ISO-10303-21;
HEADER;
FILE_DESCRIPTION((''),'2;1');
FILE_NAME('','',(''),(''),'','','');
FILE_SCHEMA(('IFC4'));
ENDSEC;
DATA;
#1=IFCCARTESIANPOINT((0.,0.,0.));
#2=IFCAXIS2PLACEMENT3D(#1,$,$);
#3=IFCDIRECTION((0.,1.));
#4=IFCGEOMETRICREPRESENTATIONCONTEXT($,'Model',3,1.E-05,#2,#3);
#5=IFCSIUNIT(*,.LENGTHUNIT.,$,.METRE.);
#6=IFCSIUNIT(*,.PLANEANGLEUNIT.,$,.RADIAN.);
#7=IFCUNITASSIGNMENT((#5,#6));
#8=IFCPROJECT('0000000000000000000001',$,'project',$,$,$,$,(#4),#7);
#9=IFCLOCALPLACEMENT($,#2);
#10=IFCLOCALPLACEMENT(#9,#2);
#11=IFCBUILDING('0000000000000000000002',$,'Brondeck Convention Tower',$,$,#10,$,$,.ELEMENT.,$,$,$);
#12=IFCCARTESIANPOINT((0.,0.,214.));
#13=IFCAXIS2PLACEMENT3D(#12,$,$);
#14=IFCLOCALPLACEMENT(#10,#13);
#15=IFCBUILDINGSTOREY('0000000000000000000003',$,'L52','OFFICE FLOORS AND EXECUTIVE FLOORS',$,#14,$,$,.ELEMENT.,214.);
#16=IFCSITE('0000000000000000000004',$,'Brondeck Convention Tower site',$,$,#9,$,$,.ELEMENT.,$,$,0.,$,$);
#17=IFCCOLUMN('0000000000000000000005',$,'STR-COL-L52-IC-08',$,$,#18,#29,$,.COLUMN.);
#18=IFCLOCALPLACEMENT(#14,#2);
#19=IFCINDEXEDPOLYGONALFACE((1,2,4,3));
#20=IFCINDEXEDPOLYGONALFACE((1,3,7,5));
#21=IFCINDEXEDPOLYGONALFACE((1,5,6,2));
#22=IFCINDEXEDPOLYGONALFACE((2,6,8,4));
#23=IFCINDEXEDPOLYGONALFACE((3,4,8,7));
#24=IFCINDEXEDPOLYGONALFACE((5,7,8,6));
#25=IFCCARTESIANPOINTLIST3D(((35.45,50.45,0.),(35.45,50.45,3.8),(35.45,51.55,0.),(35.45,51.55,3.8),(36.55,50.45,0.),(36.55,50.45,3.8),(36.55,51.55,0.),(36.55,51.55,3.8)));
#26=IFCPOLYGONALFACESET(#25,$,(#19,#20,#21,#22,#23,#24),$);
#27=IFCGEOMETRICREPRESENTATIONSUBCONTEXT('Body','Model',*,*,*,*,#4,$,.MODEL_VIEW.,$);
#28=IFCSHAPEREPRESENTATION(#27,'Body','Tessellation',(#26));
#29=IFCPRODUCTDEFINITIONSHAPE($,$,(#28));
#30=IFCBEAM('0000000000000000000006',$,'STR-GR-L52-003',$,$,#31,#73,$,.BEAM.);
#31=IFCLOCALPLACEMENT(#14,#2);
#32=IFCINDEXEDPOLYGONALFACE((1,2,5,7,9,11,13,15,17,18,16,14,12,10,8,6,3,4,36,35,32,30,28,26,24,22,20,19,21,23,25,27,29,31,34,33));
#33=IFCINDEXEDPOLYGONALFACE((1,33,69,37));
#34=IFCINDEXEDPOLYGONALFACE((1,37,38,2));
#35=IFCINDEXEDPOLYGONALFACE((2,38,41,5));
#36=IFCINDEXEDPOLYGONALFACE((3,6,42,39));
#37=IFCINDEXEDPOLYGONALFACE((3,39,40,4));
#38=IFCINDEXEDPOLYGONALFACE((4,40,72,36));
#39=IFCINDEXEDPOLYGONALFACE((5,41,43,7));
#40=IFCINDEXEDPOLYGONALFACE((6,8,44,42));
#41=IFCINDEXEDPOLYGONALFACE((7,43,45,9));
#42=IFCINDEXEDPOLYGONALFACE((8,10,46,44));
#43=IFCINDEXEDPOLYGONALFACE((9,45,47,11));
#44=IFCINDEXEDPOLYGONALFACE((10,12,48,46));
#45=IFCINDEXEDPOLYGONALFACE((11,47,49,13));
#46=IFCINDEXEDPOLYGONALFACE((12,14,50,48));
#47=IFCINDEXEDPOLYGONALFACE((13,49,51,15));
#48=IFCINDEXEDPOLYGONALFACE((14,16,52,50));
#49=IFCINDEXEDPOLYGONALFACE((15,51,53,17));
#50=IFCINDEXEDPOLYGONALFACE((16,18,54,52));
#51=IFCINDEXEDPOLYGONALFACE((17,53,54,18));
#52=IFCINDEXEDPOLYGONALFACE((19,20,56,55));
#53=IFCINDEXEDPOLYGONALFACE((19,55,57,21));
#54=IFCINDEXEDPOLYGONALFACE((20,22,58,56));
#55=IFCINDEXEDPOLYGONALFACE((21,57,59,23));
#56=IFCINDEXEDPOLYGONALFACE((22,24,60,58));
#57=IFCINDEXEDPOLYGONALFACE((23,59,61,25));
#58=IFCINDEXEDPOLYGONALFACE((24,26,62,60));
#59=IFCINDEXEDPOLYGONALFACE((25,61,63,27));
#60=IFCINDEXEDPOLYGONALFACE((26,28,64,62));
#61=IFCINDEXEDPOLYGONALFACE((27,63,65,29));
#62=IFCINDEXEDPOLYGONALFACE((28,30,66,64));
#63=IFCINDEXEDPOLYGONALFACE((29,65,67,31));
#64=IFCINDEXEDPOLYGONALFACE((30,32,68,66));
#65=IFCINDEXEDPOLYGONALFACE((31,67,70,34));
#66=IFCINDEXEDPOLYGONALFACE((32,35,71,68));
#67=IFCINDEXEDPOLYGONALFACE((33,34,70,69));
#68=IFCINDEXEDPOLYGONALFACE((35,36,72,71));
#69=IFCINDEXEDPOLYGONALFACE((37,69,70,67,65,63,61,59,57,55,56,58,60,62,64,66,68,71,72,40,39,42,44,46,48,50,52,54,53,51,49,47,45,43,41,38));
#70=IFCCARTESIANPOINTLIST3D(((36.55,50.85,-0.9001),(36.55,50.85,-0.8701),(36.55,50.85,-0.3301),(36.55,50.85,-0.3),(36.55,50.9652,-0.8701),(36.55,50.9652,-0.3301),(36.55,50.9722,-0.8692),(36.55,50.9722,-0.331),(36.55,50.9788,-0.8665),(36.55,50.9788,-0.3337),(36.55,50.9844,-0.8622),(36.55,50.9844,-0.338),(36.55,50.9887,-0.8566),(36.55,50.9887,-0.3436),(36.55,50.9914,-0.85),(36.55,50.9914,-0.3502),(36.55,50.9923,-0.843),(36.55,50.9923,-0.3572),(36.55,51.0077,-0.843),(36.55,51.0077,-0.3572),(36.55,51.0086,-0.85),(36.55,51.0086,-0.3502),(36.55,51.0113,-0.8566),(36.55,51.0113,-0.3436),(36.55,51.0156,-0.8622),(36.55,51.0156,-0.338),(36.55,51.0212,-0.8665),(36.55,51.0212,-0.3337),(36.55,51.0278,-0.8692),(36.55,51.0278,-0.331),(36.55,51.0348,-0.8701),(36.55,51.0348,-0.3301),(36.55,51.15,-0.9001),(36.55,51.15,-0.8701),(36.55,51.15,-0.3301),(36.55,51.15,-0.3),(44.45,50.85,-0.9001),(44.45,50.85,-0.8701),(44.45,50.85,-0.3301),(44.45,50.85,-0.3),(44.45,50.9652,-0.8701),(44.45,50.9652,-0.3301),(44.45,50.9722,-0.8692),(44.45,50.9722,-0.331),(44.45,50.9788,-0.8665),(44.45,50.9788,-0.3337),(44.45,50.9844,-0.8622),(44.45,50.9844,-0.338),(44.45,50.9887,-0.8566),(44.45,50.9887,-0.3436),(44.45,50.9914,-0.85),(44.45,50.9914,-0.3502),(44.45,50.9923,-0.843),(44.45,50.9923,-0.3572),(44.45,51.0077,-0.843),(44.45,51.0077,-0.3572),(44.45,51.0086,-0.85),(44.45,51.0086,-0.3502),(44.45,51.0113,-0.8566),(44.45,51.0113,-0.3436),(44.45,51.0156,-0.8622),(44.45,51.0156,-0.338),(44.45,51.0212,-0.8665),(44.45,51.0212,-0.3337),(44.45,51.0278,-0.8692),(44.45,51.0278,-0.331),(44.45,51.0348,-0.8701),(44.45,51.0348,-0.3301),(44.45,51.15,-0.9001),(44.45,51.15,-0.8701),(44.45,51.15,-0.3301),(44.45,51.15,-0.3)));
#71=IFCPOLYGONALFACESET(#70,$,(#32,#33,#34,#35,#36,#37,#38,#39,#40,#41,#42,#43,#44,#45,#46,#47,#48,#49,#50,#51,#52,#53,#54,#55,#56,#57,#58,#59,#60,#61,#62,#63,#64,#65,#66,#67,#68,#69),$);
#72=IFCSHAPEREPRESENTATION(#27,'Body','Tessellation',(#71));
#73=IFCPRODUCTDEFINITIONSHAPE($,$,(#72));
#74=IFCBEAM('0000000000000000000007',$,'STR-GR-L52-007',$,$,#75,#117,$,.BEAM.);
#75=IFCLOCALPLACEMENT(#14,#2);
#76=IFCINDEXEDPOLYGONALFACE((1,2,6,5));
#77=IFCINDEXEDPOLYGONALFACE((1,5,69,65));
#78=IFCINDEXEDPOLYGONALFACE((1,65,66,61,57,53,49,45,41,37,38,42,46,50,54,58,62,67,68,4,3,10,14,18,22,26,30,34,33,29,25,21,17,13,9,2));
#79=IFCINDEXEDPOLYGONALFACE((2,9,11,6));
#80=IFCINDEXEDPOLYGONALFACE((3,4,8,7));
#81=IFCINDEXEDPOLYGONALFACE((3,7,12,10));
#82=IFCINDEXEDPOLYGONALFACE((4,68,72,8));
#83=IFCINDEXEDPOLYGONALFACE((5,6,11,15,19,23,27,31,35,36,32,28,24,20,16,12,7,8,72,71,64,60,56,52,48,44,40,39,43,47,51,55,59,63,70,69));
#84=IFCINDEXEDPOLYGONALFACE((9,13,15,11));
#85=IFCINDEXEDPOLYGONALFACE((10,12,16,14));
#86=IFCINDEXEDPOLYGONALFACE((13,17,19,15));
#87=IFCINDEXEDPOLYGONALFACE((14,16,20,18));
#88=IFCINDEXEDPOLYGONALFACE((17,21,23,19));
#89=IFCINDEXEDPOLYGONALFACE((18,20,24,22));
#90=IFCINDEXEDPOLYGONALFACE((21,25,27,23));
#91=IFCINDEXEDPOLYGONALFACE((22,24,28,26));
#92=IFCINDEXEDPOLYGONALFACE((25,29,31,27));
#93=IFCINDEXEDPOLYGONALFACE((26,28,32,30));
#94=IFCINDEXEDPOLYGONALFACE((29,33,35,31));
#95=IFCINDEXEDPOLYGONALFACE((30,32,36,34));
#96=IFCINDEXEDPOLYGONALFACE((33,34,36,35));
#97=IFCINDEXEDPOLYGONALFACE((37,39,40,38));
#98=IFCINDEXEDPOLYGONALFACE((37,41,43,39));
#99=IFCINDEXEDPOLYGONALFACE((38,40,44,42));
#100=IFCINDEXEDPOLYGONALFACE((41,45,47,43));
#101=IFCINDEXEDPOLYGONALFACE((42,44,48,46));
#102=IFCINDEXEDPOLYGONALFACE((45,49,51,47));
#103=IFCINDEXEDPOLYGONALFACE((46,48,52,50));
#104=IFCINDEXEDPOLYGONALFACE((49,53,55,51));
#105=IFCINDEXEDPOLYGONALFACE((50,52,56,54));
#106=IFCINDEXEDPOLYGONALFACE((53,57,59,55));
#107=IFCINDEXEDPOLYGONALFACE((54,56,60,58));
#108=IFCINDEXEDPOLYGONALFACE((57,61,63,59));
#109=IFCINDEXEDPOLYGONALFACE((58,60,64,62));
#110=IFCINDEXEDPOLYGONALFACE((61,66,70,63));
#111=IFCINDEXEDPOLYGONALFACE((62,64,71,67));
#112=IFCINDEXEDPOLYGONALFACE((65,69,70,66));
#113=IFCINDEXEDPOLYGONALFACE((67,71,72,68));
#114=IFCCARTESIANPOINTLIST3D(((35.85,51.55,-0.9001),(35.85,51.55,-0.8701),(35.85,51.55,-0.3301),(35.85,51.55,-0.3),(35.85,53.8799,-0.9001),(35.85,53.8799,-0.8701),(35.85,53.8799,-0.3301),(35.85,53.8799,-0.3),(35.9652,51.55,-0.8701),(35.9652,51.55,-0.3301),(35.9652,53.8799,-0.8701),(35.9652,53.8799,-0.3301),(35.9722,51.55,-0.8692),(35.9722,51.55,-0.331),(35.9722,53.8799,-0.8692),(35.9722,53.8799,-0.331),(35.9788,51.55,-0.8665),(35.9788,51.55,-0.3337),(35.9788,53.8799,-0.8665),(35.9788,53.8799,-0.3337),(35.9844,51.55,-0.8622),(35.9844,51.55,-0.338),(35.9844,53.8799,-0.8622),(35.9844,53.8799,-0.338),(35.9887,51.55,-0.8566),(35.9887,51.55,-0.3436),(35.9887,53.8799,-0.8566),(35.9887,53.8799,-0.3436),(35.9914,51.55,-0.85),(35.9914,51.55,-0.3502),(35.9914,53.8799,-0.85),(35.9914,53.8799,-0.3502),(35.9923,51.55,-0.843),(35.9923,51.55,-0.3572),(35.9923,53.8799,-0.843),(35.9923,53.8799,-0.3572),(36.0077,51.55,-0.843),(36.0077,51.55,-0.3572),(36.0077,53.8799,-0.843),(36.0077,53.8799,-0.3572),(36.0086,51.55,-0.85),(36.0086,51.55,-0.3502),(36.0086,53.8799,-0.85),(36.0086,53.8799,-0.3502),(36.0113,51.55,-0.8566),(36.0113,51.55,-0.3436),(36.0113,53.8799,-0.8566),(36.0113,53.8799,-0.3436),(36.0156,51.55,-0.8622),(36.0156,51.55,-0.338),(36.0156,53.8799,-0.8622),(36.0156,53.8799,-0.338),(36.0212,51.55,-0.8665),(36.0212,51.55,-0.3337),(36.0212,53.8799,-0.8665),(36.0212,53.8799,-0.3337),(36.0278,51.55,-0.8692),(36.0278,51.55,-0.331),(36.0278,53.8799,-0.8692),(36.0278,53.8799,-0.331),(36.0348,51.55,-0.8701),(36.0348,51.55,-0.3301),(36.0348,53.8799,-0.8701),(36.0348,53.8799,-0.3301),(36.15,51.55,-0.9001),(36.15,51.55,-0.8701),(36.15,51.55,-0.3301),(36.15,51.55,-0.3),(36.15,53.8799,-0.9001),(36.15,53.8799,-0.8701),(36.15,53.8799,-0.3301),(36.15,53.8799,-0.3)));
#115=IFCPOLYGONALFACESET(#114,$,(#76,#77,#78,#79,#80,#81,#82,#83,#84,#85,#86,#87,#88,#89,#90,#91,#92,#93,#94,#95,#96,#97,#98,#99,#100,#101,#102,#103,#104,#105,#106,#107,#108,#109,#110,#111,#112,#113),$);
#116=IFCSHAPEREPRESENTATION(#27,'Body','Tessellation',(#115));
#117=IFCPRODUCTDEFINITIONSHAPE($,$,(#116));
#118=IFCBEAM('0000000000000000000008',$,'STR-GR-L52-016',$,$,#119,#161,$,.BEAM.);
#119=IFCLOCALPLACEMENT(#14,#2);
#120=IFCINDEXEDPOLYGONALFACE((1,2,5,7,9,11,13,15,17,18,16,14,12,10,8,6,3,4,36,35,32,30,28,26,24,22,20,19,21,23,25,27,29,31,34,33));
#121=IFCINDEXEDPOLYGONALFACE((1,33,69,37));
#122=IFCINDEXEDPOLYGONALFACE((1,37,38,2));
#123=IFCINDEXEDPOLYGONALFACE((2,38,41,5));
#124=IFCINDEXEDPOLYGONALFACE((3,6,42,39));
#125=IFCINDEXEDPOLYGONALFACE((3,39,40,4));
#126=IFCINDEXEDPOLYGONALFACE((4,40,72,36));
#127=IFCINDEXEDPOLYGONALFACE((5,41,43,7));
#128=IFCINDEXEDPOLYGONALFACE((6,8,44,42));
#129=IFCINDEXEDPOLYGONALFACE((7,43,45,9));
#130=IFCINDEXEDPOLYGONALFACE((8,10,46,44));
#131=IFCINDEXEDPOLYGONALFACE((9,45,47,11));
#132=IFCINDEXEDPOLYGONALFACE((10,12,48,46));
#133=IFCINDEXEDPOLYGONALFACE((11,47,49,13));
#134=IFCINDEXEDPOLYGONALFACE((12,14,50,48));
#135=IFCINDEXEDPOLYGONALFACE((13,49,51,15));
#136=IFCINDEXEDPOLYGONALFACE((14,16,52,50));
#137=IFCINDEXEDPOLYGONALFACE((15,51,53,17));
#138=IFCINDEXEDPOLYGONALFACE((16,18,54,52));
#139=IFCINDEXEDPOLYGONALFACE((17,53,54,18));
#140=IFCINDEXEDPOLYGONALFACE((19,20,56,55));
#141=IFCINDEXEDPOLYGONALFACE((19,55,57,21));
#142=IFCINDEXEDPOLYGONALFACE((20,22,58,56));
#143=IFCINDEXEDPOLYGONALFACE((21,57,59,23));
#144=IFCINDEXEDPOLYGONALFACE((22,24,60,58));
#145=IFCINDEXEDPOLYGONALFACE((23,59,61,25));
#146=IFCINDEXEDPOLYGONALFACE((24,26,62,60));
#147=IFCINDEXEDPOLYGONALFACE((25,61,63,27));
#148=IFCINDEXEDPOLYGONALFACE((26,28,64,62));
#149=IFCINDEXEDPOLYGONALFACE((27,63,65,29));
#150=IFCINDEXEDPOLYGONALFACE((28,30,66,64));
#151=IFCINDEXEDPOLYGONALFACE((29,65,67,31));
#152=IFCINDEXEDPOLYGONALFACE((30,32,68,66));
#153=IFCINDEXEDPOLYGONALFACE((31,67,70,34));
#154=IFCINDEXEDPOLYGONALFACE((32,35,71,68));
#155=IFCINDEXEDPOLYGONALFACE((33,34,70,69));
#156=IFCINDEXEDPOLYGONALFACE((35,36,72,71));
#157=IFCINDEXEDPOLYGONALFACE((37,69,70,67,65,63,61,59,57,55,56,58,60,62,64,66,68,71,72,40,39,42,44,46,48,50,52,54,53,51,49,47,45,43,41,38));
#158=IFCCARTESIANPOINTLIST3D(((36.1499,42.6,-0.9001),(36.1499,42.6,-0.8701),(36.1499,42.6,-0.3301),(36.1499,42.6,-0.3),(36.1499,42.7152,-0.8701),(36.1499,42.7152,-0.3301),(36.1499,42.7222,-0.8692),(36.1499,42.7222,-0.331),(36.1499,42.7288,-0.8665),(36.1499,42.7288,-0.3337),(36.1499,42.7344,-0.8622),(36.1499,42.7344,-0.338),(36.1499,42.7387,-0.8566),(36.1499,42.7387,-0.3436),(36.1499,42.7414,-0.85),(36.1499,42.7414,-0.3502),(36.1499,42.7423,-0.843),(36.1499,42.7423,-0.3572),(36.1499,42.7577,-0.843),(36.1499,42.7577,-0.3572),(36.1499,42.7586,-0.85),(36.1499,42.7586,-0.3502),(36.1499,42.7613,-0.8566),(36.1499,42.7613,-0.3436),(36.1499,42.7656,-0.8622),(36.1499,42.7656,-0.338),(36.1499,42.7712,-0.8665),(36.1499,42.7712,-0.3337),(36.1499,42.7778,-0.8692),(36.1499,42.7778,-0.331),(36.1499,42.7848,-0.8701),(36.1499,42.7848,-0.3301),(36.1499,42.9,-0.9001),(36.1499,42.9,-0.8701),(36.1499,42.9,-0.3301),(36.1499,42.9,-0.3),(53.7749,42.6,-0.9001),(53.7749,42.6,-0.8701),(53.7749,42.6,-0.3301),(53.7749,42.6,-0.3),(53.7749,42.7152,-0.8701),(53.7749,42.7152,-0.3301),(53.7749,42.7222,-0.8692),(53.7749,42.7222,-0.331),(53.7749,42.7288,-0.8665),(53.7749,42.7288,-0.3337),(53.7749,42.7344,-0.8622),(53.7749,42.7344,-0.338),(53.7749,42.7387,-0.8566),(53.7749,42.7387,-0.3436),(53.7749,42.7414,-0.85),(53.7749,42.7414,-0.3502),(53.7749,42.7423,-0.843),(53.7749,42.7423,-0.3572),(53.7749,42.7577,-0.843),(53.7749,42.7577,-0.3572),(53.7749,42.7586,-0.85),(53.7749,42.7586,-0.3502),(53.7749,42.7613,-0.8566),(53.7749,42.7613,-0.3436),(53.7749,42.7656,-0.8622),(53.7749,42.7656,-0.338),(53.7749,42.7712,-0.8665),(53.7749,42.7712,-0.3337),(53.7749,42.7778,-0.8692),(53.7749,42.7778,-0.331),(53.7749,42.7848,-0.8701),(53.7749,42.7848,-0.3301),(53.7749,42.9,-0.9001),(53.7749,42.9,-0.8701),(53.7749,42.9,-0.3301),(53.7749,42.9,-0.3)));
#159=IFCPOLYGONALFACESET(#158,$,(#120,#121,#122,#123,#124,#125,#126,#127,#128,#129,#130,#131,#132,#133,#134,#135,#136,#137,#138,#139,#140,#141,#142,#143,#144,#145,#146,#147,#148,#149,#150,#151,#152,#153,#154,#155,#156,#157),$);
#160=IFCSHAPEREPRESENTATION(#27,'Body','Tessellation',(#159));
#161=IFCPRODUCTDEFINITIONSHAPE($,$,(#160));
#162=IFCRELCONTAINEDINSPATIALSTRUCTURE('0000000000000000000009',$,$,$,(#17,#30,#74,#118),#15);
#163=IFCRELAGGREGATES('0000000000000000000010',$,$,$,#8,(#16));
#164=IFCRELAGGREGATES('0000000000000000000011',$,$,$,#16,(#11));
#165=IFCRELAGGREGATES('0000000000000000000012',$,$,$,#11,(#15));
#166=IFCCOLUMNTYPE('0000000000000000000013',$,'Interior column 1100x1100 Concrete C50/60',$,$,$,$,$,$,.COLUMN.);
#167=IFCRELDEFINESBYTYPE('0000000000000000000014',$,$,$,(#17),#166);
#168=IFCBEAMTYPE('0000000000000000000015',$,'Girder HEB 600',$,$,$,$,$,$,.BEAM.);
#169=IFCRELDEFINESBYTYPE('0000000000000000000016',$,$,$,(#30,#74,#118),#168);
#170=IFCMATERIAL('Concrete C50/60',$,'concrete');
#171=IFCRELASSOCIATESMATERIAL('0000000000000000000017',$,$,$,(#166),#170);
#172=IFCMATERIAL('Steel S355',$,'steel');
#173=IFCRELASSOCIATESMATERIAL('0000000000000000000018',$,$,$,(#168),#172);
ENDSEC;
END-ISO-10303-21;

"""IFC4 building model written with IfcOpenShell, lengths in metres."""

from ifc_helpers import new_model, si_unit, direction, frame, origin, origin_2d, place, context, subcontext, project, spatial, rectangle, i_section, extrude, material, material_profile, profile_set, type_object, element, save


model = new_model("IFC4")

# Units and contexts
model_context = context("Model", 3, precision=1e-05, world=origin(), true_north=direction((0.0, 1.0)))
body_context = subcontext(model_context, "Body", "Model", "MODEL_VIEW")
ifc_project = project(units=[si_unit("LENGTHUNIT", "METRE"), si_unit("PLANEANGLEUNIT", "RADIAN")], contexts=[model_context])

# Site, building, storey
site_placement = place(None, origin())
site = spatial("IfcSite", under=ifc_project, at=site_placement, Name="Brondeck Convention Tower site", CompositionType="ELEMENT", RefElevation=0.0)
building_placement = place(site_placement, origin())
building = spatial("IfcBuilding", under=site, at=building_placement, Name="Brondeck Convention Tower", CompositionType="ELEMENT")
storey_placement = place(building_placement, frame((0.0, 0.0, 214.0)))
storey = spatial("IfcBuildingStorey", under=building, at=storey_placement, Name="L52", Description="OFFICE FLOORS AND EXECUTIVE FLOORS", CompositionType="ELEMENT", Elevation=214.0)

# Column
ifc_material_1 = material(Name="Concrete C50/60", Category="concrete")
ifc_material_profile_1 = material_profile(ifc_material_1, rectangle(XDim=1.1001, YDim=1.1001, at=origin_2d()), Name="Interior column 1100x1100 Concrete C50/60")
ifc_profile_set_1 = profile_set([ifc_material_profile_1], Name="Concrete C50/60")
column_type = type_object("IfcColumnType", Name="Interior column 1100x1100 Concrete C50/60", PredefinedType="COLUMN", material=ifc_profile_set_1)
column_placement = place(storey_placement, frame((36.0, 51.0, 0.0), z_axis=(0.0, 0.0, 1.0), x_axis=(1.0, 0.0, 0.0)))
element("IfcColumn", 1, at=column_placement, inside=storey, type_object=column_type, Name="STR-COL-L52-IC-08", PredefinedType="COLUMN", context=body_context, shape_type="SweptSolid", body=[
    extrude(rectangle(XDim=1.1001, YDim=1.1001, at=origin_2d()), origin(), (0.0, 0.0, 1.0), 3.8),
])

# Beams
ifc_material_2 = material(Name="Steel S355", Category="steel")
ifc_material_profile_2 = material_profile(ifc_material_2, i_section(OverallWidth=0.3, OverallDepth=0.6001, WebThickness=0.0154, FlangeThickness=0.03, FilletRadius=0.0271, at=origin_2d()), Name="HEB 600")
ifc_profile_set_2 = profile_set([ifc_material_profile_2], Name="Steel S355")
beam_type = type_object("IfcBeamType", Name="Girder HEB 600", PredefinedType="BEAM", material=ifc_profile_set_2)
beam_1_placement = place(storey_placement, frame((36.55, 51.0, -0.6001), z_axis=(1.0, 0.0, 0.0), x_axis=(0.0, 1.0, 0.0)))
element("IfcBeam", 2, at=beam_1_placement, inside=storey, type_object=beam_type, Name="STR-GR-L52-003", PredefinedType="BEAM", context=body_context, shape_type="SweptSolid", body=[
    extrude(i_section(OverallWidth=0.3, OverallDepth=0.6001, WebThickness=0.0154, FlangeThickness=0.03, FilletRadius=0.0271, at=origin_2d()), origin(), (0.0, 0.0, 1.0), 7.8999),
])
beam_2_placement = place(storey_placement, frame((36.0, 51.55, -0.6001), z_axis=(0.0, 1.0, 0.0), x_axis=(-1.0, 0.0, 0.0)))
element("IfcBeam", 3, at=beam_2_placement, inside=storey, type_object=beam_type, Name="STR-GR-L52-007", PredefinedType="BEAM", context=body_context, shape_type="SweptSolid", body=[
    extrude(i_section(OverallWidth=0.3, OverallDepth=0.6001, WebThickness=0.0154, FlangeThickness=0.03, FilletRadius=0.0271, at=origin_2d()), origin(), (0.0, 0.0, 1.0), 2.3298),
])
for number, where, z_axis, x_axis, name in (
    (4, (36.1499, 42.75, -0.6001), (1.0, 0.0, 0.0), (0.0, 1.0, 0.0), "STR-GR-L52-016"),
):
    element("IfcBeam", number, at=place(storey_placement, frame(where, z_axis=z_axis, x_axis=x_axis)), inside=storey, type_object=beam_type, Name=name, PredefinedType="BEAM", context=body_context, shape_type="SweptSolid", body=[
        extrude(i_section(OverallWidth=0.3, OverallDepth=0.6001, WebThickness=0.0154, FlangeThickness=0.03, FilletRadius=0.0271, at=origin_2d()), origin(), (0.0, 0.0, 1.0), 17.625),
    ])

save(model, "model.ifc")
